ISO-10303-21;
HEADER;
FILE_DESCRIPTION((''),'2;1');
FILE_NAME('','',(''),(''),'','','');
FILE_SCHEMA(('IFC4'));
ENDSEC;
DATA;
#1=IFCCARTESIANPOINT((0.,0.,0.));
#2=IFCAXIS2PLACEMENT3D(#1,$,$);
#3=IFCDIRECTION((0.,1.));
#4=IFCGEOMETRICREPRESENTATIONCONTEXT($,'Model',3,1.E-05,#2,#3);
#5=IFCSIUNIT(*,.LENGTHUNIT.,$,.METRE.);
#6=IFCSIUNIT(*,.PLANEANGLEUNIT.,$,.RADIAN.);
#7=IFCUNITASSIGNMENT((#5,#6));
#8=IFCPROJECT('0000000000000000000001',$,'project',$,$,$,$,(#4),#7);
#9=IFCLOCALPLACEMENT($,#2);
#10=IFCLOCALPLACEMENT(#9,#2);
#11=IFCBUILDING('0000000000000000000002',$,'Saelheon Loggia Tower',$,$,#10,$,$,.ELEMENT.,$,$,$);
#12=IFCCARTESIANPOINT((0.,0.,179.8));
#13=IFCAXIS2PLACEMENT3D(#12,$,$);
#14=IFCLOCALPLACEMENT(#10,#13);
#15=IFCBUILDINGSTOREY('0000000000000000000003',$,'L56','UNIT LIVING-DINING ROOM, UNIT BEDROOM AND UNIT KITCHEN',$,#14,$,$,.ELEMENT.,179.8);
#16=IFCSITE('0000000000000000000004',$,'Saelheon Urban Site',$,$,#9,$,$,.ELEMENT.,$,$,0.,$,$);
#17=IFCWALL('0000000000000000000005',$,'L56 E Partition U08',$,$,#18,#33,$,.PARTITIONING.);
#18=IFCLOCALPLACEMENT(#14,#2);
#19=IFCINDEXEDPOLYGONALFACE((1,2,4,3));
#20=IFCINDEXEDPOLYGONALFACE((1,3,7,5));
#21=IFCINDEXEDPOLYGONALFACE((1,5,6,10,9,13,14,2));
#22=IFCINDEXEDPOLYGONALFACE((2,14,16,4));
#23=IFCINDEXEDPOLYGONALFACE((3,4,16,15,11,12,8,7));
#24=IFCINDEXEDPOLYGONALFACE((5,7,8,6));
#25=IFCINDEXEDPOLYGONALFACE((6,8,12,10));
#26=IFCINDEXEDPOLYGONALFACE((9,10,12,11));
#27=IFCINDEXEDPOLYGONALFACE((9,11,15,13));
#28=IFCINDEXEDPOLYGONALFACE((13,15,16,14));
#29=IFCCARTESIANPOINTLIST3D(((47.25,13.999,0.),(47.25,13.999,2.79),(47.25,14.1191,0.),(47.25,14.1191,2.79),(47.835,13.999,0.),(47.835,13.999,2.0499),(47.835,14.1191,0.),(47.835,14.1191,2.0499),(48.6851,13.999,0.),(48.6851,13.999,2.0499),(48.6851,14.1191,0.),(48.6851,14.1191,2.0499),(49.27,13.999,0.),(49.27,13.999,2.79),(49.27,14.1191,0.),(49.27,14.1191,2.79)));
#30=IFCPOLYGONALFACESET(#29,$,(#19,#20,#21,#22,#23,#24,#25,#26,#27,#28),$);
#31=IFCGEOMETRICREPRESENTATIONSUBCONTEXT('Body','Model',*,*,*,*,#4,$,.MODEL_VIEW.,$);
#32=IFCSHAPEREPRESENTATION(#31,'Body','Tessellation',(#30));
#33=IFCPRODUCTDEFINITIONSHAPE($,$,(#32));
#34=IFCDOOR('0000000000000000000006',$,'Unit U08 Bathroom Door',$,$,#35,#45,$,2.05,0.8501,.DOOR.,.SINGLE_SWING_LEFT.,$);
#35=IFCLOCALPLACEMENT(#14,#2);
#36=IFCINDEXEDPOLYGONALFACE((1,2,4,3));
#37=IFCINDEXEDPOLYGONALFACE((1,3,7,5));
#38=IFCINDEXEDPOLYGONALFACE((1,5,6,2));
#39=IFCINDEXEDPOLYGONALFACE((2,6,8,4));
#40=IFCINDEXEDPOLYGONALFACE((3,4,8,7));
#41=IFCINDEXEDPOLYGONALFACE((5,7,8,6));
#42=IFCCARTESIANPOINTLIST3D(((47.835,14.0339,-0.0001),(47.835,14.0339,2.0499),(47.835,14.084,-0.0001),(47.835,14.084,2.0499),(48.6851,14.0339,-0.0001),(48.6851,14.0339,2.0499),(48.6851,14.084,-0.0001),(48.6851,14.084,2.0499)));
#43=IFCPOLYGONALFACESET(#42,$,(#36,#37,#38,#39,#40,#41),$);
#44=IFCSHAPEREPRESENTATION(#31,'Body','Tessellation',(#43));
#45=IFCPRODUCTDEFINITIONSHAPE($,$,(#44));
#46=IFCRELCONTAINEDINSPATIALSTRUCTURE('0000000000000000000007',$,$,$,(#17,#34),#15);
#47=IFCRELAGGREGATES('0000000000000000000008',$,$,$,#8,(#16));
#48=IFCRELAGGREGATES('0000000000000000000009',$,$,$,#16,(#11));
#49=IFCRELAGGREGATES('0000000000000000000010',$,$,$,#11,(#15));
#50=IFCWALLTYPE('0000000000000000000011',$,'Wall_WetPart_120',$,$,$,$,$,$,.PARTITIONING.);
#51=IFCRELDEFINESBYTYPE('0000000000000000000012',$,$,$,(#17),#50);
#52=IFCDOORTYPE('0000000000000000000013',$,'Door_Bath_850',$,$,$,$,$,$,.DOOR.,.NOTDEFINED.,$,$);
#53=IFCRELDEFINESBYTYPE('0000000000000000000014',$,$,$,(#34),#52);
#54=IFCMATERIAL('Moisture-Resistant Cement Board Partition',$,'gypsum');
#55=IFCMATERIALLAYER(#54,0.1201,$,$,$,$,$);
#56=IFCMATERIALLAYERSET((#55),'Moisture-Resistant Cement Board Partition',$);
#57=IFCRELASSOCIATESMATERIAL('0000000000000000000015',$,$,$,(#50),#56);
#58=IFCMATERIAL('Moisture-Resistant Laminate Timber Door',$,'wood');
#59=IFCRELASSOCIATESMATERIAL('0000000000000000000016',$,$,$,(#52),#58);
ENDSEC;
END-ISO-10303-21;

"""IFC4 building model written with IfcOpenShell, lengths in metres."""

from ifc_helpers import new_model, si_unit, direction, frame, frame_2d, origin, place, context, subcontext, project, spatial, rectangle, extrude, source, transform, mapped, material, layer, layer_set, type_object, element, fill, save


model = new_model("IFC4")

# Units and contexts
model_context = context("Model", 3, precision=1e-05, world=origin(), true_north=direction((0.0, 1.0)))
body_context = subcontext(model_context, "Body", "Model", "MODEL_VIEW")
ifc_project = project(units=[si_unit("LENGTHUNIT", "METRE"), si_unit("PLANEANGLEUNIT", "RADIAN")], contexts=[model_context])

# Site, building, storey
site_placement = place(None, origin())
site = spatial("IfcSite", under=ifc_project, at=site_placement, Name="Saelheon Urban Site", CompositionType="ELEMENT", RefElevation=0.0)
building_placement = place(site_placement, origin())
building = spatial("IfcBuilding", under=site, at=building_placement, Name="Saelheon Loggia Tower", CompositionType="ELEMENT")
storey_placement = place(building_placement, frame((0.0, 0.0, 179.8)))
storey = spatial("IfcBuildingStorey", under=building, at=storey_placement, Name="L56", Description="UNIT LIVING-DINING ROOM, UNIT BEDROOM AND UNIT KITCHEN", CompositionType="ELEMENT", Elevation=179.8)

# Shared definitions
ifc_material_1 = material(Name="Moisture-Resistant Cement Board Partition", Category="gypsum")
ifc_layer_1 = layer(ifc_material_1, 0.1201)
ifc_layer_set_1 = layer_set([ifc_layer_1], Name="Moisture-Resistant Cement Board Partition")
wall_type_1 = type_object("IfcWallType", Name="Wall_WetPart_120", PredefinedType="PARTITIONING", material=ifc_layer_set_1)

# Wall, opening, door
wall_1_placement = place(storey_placement, frame((47.25, 14.0591, 0.0), z_axis=(0.0, 0.0, 1.0), x_axis=(1.0, 0.0, 0.0)))
wall_1 = element("IfcWall", 1, at=wall_1_placement, inside=storey, type_object=wall_type_1, Name="L56 E Partition U08", PredefinedType="PARTITIONING", context=body_context, shape_type="SweptSolid", body=[
    extrude(rectangle(XDim=2.02, YDim=0.1201, at=frame_2d((1.01, 0.0))), origin(), (0.0, 0.0, 1.0), 2.79),
])
opening_1_placement = place(wall_1_placement, frame((0.585, 0.0, 0.0)))
opening_1 = element("IfcOpeningElement", 2, at=opening_1_placement, cuts=wall_1, PredefinedType="OPENING", context=body_context, shape_type="SweptSolid", body=[
    extrude(rectangle(XDim=0.8501, YDim=2.05, at=frame_2d((0.425, 1.0249))), frame((0.0, 0.072, 0.0), z_axis=(0.0, -1.0, 0.0), x_axis=(1.0, 0.0, 0.0)), (0.0, 0.0, 1.0), 0.144),
])
ifc_material_2 = material(Name="Moisture-Resistant Laminate Timber Door", Category="wood")
door_type_1 = type_object("IfcDoorType", Name="Door_Bath_850", OperationType="NOTDEFINED", PredefinedType="DOOR", material=ifc_material_2)
shared_shape_1 = source(origin(), body_context, "Body", "SweptSolid", [
    extrude(rectangle(XDim=0.8501, YDim=2.05, at=frame_2d((0.425, 1.0249))), frame((0.0, 0.0249, 0.0), z_axis=(0.0, -1.0, 0.0), x_axis=(1.0, 0.0, 0.0)), (0.0, 0.0, 1.0), 0.05),
])
door_1_placement = place(opening_1_placement, origin())
door_1 = element("IfcDoor", 3, at=door_1_placement, inside=storey, type_object=door_type_1, Name="Unit U08 Bathroom Door", OperationType="SINGLE_SWING_LEFT", OverallHeight=2.05, OverallWidth=0.8501, PredefinedType="DOOR", context=body_context, shape_type="MappedRepresentation", body=[
    mapped(shared_shape_1, transform((0.0, 0.0, 0.0), scale=1.0)),
])
fill(opening_1, door_1)

save(model, "model.ifc")
